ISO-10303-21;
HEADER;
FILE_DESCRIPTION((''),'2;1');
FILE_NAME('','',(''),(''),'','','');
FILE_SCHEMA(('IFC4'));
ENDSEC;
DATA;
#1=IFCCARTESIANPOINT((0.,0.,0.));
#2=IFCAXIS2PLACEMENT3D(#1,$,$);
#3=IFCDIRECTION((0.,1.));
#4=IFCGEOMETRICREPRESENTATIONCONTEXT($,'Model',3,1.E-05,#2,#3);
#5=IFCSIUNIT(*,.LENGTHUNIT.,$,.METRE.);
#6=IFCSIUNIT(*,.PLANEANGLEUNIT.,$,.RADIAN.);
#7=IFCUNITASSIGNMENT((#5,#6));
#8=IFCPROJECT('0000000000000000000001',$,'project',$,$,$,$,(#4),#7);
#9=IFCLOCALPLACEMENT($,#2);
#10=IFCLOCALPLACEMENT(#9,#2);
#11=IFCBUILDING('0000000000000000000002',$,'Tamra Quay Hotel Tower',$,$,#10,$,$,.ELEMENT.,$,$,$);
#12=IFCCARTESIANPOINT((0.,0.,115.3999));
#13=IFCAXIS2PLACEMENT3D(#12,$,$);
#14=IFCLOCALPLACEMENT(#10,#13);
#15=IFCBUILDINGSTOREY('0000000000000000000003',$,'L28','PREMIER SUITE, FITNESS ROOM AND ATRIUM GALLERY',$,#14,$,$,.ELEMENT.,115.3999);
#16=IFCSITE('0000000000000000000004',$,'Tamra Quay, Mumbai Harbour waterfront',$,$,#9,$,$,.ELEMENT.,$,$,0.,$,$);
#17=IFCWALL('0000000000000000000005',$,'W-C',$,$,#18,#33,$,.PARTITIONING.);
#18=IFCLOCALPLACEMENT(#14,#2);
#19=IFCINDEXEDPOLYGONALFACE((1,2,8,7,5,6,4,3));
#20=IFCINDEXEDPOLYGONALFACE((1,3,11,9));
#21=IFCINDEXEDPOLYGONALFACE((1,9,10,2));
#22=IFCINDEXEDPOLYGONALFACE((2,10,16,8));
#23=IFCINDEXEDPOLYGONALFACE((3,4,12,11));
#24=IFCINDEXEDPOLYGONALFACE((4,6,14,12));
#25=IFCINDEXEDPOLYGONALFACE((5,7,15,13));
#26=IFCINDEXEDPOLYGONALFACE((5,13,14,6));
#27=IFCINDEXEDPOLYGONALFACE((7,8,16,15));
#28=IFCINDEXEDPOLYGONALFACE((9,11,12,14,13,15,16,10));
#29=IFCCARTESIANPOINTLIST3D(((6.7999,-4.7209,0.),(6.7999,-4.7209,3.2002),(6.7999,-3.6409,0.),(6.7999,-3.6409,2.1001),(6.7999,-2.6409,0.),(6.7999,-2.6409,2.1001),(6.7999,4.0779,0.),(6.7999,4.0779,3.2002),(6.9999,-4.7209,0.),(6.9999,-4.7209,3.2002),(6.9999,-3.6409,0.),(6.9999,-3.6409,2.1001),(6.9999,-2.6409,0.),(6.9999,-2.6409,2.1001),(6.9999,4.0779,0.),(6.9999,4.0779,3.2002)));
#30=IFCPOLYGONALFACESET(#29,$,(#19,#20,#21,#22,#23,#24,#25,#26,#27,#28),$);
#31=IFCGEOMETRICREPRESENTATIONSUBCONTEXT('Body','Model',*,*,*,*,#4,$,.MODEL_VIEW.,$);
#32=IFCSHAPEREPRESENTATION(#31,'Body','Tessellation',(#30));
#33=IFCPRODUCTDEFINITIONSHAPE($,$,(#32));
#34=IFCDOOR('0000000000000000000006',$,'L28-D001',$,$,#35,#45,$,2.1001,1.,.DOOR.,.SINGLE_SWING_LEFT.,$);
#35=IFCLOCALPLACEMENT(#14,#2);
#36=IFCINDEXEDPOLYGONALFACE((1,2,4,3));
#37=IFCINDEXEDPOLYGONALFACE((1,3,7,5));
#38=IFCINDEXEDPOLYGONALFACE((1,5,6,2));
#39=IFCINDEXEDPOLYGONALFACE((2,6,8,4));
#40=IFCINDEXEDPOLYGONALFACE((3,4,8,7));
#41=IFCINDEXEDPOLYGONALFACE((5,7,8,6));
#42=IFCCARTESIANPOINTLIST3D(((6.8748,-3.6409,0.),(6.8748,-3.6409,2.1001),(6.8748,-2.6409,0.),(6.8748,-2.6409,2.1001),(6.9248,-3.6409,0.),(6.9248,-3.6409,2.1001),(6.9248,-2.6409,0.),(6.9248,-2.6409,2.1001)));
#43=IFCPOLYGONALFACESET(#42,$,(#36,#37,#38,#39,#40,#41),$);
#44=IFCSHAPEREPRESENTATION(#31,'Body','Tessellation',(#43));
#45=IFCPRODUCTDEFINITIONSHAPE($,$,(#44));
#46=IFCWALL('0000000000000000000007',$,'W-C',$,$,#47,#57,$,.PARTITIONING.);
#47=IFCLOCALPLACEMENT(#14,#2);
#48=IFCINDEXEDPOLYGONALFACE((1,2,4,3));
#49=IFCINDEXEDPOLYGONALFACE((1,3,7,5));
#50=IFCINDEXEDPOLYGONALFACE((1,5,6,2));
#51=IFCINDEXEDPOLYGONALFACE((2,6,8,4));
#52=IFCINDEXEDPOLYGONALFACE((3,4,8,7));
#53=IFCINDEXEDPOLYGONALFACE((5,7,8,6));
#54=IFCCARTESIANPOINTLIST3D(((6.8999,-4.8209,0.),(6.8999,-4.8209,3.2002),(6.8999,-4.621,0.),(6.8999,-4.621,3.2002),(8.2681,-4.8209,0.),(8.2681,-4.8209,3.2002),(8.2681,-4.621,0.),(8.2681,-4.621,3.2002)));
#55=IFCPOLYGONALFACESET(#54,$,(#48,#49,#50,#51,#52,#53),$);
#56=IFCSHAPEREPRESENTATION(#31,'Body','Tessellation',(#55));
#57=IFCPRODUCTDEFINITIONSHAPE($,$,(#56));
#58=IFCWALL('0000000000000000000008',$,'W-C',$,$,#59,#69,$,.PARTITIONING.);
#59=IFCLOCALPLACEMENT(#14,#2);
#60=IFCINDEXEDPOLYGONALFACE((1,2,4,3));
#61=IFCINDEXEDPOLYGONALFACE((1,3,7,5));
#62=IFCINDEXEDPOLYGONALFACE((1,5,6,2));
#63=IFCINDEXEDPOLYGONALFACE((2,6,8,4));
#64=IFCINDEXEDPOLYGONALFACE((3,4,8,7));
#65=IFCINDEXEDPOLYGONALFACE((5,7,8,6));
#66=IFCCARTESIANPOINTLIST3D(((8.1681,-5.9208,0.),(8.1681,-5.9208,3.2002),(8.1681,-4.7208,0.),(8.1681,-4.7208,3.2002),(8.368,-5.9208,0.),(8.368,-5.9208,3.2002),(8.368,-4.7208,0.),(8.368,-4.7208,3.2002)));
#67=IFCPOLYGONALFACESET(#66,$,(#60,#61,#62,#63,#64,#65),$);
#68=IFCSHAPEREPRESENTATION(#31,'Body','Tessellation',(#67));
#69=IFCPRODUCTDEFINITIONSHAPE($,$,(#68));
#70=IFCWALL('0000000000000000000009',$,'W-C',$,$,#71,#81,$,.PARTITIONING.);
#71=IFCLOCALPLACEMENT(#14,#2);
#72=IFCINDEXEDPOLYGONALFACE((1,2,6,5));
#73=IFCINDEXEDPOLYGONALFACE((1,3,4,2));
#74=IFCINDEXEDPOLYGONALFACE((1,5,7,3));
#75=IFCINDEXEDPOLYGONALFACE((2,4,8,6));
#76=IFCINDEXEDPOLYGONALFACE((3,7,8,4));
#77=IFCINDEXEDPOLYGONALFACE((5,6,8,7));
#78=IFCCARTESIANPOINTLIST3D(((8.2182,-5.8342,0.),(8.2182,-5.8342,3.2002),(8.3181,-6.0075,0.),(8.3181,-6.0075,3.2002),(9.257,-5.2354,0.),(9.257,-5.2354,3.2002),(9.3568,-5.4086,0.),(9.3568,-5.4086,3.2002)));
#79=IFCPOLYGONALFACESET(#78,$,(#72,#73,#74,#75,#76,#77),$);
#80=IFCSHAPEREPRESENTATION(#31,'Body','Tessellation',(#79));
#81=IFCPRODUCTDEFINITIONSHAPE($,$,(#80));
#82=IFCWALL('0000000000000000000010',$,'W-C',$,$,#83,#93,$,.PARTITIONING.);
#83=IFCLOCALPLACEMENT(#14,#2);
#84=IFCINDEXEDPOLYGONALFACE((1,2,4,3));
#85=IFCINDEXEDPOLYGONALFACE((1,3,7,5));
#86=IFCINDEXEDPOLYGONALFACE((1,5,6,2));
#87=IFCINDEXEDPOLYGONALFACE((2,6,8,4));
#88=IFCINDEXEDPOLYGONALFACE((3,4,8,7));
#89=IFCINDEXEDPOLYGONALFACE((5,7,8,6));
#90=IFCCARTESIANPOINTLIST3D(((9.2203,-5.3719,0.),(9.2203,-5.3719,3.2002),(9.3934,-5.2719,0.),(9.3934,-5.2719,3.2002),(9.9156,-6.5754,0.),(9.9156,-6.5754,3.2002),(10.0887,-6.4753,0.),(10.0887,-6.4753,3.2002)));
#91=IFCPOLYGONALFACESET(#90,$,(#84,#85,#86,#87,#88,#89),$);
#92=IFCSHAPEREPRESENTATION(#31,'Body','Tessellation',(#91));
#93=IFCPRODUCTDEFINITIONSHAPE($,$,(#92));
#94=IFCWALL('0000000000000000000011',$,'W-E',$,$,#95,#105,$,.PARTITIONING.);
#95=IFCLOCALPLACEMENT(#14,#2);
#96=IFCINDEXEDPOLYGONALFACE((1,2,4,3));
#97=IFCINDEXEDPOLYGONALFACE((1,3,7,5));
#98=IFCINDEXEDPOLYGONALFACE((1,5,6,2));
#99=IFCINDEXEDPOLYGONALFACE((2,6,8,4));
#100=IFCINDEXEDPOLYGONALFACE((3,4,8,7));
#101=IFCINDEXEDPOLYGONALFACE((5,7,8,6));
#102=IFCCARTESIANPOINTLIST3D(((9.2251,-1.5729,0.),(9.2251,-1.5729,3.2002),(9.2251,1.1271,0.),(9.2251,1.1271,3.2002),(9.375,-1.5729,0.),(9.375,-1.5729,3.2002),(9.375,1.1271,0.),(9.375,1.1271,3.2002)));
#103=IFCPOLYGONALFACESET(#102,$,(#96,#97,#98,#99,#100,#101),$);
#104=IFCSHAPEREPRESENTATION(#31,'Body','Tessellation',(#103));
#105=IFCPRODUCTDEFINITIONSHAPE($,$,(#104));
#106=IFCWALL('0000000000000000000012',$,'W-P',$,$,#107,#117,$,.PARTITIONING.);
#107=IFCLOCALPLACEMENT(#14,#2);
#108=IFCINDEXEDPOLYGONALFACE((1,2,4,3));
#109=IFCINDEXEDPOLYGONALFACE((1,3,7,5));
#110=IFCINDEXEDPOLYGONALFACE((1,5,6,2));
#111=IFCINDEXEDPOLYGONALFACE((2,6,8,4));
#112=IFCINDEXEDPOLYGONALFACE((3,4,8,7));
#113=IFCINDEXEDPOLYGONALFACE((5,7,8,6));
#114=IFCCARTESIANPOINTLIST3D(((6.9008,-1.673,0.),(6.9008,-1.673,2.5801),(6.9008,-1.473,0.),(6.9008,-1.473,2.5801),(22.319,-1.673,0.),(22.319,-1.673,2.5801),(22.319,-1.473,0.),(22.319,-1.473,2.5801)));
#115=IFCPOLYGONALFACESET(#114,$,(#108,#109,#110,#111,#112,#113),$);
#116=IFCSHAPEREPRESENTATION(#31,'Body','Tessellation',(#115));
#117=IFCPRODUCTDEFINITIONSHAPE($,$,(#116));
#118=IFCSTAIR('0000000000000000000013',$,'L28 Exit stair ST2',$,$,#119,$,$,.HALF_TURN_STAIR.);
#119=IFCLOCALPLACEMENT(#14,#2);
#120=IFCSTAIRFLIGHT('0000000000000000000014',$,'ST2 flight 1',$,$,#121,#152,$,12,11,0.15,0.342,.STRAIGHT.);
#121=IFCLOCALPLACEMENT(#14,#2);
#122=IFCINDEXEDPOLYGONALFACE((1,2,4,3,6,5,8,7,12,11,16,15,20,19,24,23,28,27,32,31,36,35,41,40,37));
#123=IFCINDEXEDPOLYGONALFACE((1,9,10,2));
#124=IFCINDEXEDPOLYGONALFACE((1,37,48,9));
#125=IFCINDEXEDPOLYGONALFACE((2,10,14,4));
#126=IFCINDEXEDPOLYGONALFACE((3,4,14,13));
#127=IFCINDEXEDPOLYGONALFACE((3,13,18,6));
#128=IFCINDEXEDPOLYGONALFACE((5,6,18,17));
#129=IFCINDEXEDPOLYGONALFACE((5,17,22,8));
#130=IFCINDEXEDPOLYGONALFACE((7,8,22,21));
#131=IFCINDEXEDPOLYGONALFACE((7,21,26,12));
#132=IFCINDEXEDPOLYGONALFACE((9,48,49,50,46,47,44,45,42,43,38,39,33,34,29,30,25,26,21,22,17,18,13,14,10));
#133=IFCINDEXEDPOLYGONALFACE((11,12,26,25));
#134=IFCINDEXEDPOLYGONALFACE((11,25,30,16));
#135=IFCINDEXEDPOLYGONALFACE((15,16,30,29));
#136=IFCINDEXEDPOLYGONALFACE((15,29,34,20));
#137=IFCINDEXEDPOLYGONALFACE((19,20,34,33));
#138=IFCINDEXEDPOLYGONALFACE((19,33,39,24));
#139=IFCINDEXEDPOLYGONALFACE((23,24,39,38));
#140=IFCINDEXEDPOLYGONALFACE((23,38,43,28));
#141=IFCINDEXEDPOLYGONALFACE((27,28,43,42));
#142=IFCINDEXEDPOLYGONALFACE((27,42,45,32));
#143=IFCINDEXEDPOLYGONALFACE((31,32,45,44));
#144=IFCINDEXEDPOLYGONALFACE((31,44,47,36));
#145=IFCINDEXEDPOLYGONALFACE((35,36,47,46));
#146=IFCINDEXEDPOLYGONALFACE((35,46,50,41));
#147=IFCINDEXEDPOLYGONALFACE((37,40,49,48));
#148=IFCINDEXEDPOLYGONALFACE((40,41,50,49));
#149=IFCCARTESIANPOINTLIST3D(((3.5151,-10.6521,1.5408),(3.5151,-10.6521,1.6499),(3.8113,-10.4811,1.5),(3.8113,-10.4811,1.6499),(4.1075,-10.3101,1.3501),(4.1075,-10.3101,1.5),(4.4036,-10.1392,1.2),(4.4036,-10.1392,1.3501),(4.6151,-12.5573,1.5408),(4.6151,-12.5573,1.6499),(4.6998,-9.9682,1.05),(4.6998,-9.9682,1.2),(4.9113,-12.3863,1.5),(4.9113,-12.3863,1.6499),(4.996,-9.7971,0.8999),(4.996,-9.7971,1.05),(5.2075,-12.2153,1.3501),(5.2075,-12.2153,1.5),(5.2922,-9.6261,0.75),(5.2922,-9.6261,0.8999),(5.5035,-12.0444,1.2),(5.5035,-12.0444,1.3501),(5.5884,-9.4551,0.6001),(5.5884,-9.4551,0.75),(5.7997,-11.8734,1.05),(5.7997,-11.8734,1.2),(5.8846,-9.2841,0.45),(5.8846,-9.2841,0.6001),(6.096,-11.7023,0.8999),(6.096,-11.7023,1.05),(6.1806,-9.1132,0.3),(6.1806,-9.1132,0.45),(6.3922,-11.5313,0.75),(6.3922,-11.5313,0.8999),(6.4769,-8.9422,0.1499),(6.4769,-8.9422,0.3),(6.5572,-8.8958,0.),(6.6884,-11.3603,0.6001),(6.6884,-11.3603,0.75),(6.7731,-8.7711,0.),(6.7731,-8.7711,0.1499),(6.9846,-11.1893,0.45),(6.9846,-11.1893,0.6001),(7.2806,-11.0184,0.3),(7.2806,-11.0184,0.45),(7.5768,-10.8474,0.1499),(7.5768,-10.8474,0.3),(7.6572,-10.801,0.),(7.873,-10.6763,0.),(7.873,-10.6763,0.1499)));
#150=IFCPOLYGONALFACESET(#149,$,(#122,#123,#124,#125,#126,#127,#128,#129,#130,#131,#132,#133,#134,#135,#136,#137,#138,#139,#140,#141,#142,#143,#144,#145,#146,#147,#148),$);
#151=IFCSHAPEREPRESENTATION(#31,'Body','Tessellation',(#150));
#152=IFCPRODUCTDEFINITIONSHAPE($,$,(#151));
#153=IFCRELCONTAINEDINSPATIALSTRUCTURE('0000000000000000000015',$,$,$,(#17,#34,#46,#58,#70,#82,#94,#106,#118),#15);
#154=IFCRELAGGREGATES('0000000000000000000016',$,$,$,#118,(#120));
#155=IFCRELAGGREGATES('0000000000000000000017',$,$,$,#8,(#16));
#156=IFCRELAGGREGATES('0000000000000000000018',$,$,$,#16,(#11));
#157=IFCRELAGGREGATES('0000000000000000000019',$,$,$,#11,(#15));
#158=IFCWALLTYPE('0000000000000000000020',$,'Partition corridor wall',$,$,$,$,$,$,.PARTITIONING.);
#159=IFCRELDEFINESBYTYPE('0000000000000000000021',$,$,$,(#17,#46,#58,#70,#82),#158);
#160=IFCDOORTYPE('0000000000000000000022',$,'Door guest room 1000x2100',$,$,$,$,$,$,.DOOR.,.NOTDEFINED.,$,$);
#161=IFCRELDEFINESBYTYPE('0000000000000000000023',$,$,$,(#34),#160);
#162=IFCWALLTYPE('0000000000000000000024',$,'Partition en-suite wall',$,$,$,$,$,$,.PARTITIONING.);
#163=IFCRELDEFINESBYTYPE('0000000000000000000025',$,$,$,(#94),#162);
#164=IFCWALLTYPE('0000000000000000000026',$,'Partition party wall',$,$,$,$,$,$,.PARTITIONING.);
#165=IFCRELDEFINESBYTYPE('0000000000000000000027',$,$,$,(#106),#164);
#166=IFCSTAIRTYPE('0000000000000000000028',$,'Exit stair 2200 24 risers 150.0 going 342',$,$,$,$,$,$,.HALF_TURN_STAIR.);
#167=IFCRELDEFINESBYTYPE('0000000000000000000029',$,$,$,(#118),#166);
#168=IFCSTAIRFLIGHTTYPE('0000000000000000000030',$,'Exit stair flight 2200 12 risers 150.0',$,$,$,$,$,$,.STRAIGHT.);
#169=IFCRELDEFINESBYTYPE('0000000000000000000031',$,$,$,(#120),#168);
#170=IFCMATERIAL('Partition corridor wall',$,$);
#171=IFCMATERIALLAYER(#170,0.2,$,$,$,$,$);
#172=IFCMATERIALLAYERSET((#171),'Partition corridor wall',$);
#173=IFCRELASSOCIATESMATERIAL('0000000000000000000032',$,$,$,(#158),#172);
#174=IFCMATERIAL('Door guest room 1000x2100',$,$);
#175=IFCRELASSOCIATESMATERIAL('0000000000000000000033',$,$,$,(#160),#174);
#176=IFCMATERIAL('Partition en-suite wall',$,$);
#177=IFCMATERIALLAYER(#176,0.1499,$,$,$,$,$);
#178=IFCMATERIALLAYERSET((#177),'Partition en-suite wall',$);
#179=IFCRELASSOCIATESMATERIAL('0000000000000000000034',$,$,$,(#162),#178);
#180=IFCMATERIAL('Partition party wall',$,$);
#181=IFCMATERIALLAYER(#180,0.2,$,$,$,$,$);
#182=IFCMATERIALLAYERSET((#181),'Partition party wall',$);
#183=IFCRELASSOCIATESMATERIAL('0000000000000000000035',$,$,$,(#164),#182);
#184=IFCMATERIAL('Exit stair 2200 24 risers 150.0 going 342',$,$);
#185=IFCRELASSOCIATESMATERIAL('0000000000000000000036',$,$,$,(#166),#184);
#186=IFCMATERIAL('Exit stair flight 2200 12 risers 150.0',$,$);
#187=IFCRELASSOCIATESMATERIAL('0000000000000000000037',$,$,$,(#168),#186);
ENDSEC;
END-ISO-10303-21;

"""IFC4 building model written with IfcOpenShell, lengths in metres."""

from ifc_helpers import new_model, si_unit, direction, frame, frame_2d, origin, place, context, subcontext, project, spatial, polyline, rectangle, outline, extrude, material, layer, layer_set, type_object, element, fill, aggregate, save


model = new_model("IFC4")

# Units and contexts
model_context = context("Model", 3, precision=1e-05, world=origin(), true_north=direction((0.0, 1.0)))
body_context = subcontext(model_context, "Body", "Model", "MODEL_VIEW")
ifc_project = project(units=[si_unit("LENGTHUNIT", "METRE"), si_unit("PLANEANGLEUNIT", "RADIAN")], contexts=[model_context])

# Site, building, storey
site_placement = place(None, origin())
site = spatial("IfcSite", under=ifc_project, at=site_placement, Name="Tamra Quay, Mumbai Harbour waterfront", CompositionType="ELEMENT", RefElevation=0.0)
building_placement = place(site_placement, origin())
building = spatial("IfcBuilding", under=site, at=building_placement, Name="Tamra Quay Hotel Tower", CompositionType="ELEMENT")
storey_placement = place(building_placement, frame((0.0, 0.0, 115.3999)))
storey = spatial("IfcBuildingStorey", under=building, at=storey_placement, Name="L28", Description="PREMIER SUITE, FITNESS ROOM AND ATRIUM GALLERY", CompositionType="ELEMENT", Elevation=115.3999)

# Wall, opening, door
ifc_material_1 = material(Name="Partition corridor wall")
ifc_layer_1 = layer(ifc_material_1, 0.2)
ifc_layer_set_1 = layer_set([ifc_layer_1], Name="Partition corridor wall")
wall_type_1 = type_object("IfcWallType", Name="Partition corridor wall", PredefinedType="PARTITIONING", material=ifc_layer_set_1)
wall_1_placement = place(storey_placement, frame((6.8999, -4.7209, 0.0), z_axis=(0.0, 0.0, 1.0), x_axis=(0.0, 1.0, 0.0)))
wall_1 = element("IfcWall", 1, at=wall_1_placement, inside=storey, type_object=wall_type_1, Name="W-C", PredefinedType="PARTITIONING", context=body_context, shape_type="SweptSolid", body=[
    extrude(rectangle(XDim=8.7988, YDim=0.2, at=frame_2d((4.3994, 0.0))), origin(), (0.0, 0.0, 1.0), 3.2002),
])
opening_1_placement = place(wall_1_placement, frame((1.0801, 0.0, 0.0)))
opening_1 = element("IfcOpeningElement", 2, at=opening_1_placement, cuts=wall_1, PredefinedType="OPENING", context=body_context, shape_type="SweptSolid", body=[
    extrude(rectangle(XDim=1.0, YDim=2.1001, at=frame_2d((0.5, 1.05))), frame((0.0, 0.1099, 0.0), z_axis=(0.0, -1.0, 0.0), x_axis=(1.0, 0.0, 0.0)), (0.0, 0.0, 1.0), 0.22),
])
ifc_material_2 = material(Name="Door guest room 1000x2100")
door_type_1 = type_object("IfcDoorType", Name="Door guest room 1000x2100", OperationType="NOTDEFINED", PredefinedType="DOOR", material=ifc_material_2)
door_1_placement = place(opening_1_placement, frame((1.0, 0.0, 0.0), z_axis=(0.0, 0.0, 1.0), x_axis=(-1.0, 0.0, 0.0)))
door_1 = element("IfcDoor", 3, at=door_1_placement, inside=storey, type_object=door_type_1, Name="L28-D001", OperationType="SINGLE_SWING_LEFT", OverallHeight=2.1001, OverallWidth=1.0, PredefinedType="DOOR", context=body_context, shape_type="SweptSolid", body=[
    extrude(rectangle(XDim=1.0, YDim=2.1001, at=frame_2d((0.5, 1.05))), frame((0.0, 0.0249, 0.0), z_axis=(0.0, -1.0, 0.0), x_axis=(1.0, 0.0, 0.0)), (0.0, 0.0, 1.0), 0.05),
])
fill(opening_1, door_1)

# Walls
wall_2_placement = place(storey_placement, frame((6.8999, -4.7209, 0.0), z_axis=(0.0, 0.0, 1.0), x_axis=(1.0, 0.0, 0.0)))
element("IfcWall", 4, at=wall_2_placement, inside=storey, type_object=wall_type_1, Name="W-C", PredefinedType="PARTITIONING", context=body_context, shape_type="SweptSolid", body=[
    extrude(rectangle(XDim=1.3682, YDim=0.2, at=frame_2d((0.6841, 0.0))), origin(), (0.0, 0.0, 1.0), 3.2002),
])
wall_3_placement = place(storey_placement, frame((8.2681, -5.9209, 0.0), z_axis=(0.0, 0.0, 1.0), x_axis=(0.0, 1.0, 0.0)))
element("IfcWall", 5, at=wall_3_placement, inside=storey, type_object=wall_type_1, Name="W-C", PredefinedType="PARTITIONING", context=body_context, shape_type="SweptSolid", body=[
    extrude(rectangle(XDim=1.2, YDim=0.2, at=frame_2d((0.6001, 0.0))), origin(), (0.0, 0.0, 1.0), 3.2002),
])
wall_4_placement = place(storey_placement, frame((8.2681, -5.9209, 0.0), z_axis=(0.0, 0.0, 1.0), x_axis=(0.866345, 0.499446, 0.0)))
element("IfcWall", 6, at=wall_4_placement, inside=storey, type_object=wall_type_1, Name="W-C", PredefinedType="PARTITIONING", context=body_context, shape_type="SweptSolid", body=[
    extrude(rectangle(XDim=1.199, YDim=0.2, at=frame_2d((0.5996, 0.0))), origin(), (0.0, 0.0, 1.0), 3.2002),
])
wall_5_placement = place(storey_placement, frame((9.3069, -5.322, 0.0), z_axis=(0.0, 0.0, 1.0), x_axis=(0.500295, -0.865855, 0.0)))
element("IfcWall", 7, at=wall_5_placement, inside=storey, type_object=wall_type_1, Name="W-C", PredefinedType="PARTITIONING", context=body_context, shape_type="SweptSolid", body=[
    extrude(rectangle(XDim=1.3899, YDim=0.2, at=frame_2d((0.6948, 0.0))), origin(), (0.0, 0.0, 1.0), 3.2002),
])
ifc_material_3 = material(Name="Partition en-suite wall")
ifc_layer_2 = layer(ifc_material_3, 0.1499)
ifc_layer_set_2 = layer_set([ifc_layer_2], Name="Partition en-suite wall")
wall_type_2 = type_object("IfcWallType", Name="Partition en-suite wall", PredefinedType="PARTITIONING", material=ifc_layer_set_2)
wall_6_placement = place(storey_placement, frame((9.3, -1.573, 0.0), z_axis=(0.0, 0.0, 1.0), x_axis=(0.0, 1.0, 0.0)))
element("IfcWall", 8, at=wall_6_placement, inside=storey, type_object=wall_type_2, Name="W-E", PredefinedType="PARTITIONING", context=body_context, shape_type="SweptSolid", body=[
    extrude(rectangle(XDim=2.7, YDim=0.1499, at=frame_2d((1.3501, 0.0))), origin(), (0.0, 0.0, 1.0), 3.2002),
])
ifc_material_4 = material(Name="Partition party wall")
ifc_layer_3 = layer(ifc_material_4, 0.2)
ifc_layer_set_3 = layer_set([ifc_layer_3], Name="Partition party wall")
wall_type_3 = type_object("IfcWallType", Name="Partition party wall", PredefinedType="PARTITIONING", material=ifc_layer_set_3)
wall_7_placement = place(storey_placement, frame((6.9009, -1.573, 0.0), z_axis=(0.0, 0.0, 1.0), x_axis=(1.0, 0.0, 0.0)))
element("IfcWall", 9, at=wall_7_placement, inside=storey, type_object=wall_type_3, Name="W-P", PredefinedType="PARTITIONING", context=body_context, shape_type="SweptSolid", body=[
    extrude(rectangle(XDim=15.4182, YDim=0.2, at=frame_2d((7.709, 0.0))), origin(), (0.0, 0.0, 1.0), 2.5801),
])

# Stair, stair flight
ifc_material_5 = material(Name="Exit stair 2200 24 risers 150.0 going 342")
stair_type = type_object("IfcStairType", Name="Exit stair 2200 24 risers 150.0 going 342", PredefinedType="HALF_TURN_STAIR", material=ifc_material_5)
stair_placement = place(storey_placement, origin())
stair = element("IfcStair", 10, at=stair_placement, inside=storey, type_object=stair_type, Name="L28 Exit stair ST2", PredefinedType="HALF_TURN_STAIR")
ifc_material_6 = material(Name="Exit stair flight 2200 12 risers 150.0")
stair_flight_type = type_object("IfcStairFlightType", Name="Exit stair flight 2200 12 risers 150.0", PredefinedType="STRAIGHT", material=ifc_material_6)
stair_flight_1_placement = place(storey_placement, frame((7.323, -9.7236, 0.0), z_axis=(0.0, 0.0, 1.0), x_axis=(-0.866025, -0.5, 0.0)))
stair_flight_1 = element("IfcStairFlight", 11, at=stair_flight_1_placement, type_object=stair_flight_type, Name="ST2 flight 1", NumberOfRisers=12, NumberOfTreads=11, PredefinedType="STRAIGHT", RiserHeight=0.15, TreadLength=0.342, context=body_context, shape_type="SweptSolid", body=[
    extrude(outline(polyline([(0.0, 0.0), (0.0, 0.1499), (0.342, 0.1499), (0.342, 0.3), (0.6841, 0.3), (0.6841, 0.45), (1.0259, 0.45), (1.0259, 0.6001), (1.3679, 0.6001), (1.3679, 0.75), (1.71, 0.75), (1.71, 0.8999), (2.052, 0.8999), (2.052, 1.05), (2.394, 1.05), (2.394, 1.2), (2.7361, 1.2), (2.7361, 1.3501), (3.0779, 1.3501), (3.0779, 1.5), (3.4199, 1.5), (3.4199, 1.6499), (3.762, 1.6499), (3.762, 1.8), (3.762, 1.5408), (0.2493, 0.0), (0.0, 0.0)])), frame((0.0, 1.1001, 0.0), z_axis=(0.0, -1.0, 0.0), x_axis=(1.0, 0.0, 0.0)), (0.0, 0.0, 1.0), 2.2),
])
aggregate(stair, [stair_flight_1])

save(model, "model.ifc")
